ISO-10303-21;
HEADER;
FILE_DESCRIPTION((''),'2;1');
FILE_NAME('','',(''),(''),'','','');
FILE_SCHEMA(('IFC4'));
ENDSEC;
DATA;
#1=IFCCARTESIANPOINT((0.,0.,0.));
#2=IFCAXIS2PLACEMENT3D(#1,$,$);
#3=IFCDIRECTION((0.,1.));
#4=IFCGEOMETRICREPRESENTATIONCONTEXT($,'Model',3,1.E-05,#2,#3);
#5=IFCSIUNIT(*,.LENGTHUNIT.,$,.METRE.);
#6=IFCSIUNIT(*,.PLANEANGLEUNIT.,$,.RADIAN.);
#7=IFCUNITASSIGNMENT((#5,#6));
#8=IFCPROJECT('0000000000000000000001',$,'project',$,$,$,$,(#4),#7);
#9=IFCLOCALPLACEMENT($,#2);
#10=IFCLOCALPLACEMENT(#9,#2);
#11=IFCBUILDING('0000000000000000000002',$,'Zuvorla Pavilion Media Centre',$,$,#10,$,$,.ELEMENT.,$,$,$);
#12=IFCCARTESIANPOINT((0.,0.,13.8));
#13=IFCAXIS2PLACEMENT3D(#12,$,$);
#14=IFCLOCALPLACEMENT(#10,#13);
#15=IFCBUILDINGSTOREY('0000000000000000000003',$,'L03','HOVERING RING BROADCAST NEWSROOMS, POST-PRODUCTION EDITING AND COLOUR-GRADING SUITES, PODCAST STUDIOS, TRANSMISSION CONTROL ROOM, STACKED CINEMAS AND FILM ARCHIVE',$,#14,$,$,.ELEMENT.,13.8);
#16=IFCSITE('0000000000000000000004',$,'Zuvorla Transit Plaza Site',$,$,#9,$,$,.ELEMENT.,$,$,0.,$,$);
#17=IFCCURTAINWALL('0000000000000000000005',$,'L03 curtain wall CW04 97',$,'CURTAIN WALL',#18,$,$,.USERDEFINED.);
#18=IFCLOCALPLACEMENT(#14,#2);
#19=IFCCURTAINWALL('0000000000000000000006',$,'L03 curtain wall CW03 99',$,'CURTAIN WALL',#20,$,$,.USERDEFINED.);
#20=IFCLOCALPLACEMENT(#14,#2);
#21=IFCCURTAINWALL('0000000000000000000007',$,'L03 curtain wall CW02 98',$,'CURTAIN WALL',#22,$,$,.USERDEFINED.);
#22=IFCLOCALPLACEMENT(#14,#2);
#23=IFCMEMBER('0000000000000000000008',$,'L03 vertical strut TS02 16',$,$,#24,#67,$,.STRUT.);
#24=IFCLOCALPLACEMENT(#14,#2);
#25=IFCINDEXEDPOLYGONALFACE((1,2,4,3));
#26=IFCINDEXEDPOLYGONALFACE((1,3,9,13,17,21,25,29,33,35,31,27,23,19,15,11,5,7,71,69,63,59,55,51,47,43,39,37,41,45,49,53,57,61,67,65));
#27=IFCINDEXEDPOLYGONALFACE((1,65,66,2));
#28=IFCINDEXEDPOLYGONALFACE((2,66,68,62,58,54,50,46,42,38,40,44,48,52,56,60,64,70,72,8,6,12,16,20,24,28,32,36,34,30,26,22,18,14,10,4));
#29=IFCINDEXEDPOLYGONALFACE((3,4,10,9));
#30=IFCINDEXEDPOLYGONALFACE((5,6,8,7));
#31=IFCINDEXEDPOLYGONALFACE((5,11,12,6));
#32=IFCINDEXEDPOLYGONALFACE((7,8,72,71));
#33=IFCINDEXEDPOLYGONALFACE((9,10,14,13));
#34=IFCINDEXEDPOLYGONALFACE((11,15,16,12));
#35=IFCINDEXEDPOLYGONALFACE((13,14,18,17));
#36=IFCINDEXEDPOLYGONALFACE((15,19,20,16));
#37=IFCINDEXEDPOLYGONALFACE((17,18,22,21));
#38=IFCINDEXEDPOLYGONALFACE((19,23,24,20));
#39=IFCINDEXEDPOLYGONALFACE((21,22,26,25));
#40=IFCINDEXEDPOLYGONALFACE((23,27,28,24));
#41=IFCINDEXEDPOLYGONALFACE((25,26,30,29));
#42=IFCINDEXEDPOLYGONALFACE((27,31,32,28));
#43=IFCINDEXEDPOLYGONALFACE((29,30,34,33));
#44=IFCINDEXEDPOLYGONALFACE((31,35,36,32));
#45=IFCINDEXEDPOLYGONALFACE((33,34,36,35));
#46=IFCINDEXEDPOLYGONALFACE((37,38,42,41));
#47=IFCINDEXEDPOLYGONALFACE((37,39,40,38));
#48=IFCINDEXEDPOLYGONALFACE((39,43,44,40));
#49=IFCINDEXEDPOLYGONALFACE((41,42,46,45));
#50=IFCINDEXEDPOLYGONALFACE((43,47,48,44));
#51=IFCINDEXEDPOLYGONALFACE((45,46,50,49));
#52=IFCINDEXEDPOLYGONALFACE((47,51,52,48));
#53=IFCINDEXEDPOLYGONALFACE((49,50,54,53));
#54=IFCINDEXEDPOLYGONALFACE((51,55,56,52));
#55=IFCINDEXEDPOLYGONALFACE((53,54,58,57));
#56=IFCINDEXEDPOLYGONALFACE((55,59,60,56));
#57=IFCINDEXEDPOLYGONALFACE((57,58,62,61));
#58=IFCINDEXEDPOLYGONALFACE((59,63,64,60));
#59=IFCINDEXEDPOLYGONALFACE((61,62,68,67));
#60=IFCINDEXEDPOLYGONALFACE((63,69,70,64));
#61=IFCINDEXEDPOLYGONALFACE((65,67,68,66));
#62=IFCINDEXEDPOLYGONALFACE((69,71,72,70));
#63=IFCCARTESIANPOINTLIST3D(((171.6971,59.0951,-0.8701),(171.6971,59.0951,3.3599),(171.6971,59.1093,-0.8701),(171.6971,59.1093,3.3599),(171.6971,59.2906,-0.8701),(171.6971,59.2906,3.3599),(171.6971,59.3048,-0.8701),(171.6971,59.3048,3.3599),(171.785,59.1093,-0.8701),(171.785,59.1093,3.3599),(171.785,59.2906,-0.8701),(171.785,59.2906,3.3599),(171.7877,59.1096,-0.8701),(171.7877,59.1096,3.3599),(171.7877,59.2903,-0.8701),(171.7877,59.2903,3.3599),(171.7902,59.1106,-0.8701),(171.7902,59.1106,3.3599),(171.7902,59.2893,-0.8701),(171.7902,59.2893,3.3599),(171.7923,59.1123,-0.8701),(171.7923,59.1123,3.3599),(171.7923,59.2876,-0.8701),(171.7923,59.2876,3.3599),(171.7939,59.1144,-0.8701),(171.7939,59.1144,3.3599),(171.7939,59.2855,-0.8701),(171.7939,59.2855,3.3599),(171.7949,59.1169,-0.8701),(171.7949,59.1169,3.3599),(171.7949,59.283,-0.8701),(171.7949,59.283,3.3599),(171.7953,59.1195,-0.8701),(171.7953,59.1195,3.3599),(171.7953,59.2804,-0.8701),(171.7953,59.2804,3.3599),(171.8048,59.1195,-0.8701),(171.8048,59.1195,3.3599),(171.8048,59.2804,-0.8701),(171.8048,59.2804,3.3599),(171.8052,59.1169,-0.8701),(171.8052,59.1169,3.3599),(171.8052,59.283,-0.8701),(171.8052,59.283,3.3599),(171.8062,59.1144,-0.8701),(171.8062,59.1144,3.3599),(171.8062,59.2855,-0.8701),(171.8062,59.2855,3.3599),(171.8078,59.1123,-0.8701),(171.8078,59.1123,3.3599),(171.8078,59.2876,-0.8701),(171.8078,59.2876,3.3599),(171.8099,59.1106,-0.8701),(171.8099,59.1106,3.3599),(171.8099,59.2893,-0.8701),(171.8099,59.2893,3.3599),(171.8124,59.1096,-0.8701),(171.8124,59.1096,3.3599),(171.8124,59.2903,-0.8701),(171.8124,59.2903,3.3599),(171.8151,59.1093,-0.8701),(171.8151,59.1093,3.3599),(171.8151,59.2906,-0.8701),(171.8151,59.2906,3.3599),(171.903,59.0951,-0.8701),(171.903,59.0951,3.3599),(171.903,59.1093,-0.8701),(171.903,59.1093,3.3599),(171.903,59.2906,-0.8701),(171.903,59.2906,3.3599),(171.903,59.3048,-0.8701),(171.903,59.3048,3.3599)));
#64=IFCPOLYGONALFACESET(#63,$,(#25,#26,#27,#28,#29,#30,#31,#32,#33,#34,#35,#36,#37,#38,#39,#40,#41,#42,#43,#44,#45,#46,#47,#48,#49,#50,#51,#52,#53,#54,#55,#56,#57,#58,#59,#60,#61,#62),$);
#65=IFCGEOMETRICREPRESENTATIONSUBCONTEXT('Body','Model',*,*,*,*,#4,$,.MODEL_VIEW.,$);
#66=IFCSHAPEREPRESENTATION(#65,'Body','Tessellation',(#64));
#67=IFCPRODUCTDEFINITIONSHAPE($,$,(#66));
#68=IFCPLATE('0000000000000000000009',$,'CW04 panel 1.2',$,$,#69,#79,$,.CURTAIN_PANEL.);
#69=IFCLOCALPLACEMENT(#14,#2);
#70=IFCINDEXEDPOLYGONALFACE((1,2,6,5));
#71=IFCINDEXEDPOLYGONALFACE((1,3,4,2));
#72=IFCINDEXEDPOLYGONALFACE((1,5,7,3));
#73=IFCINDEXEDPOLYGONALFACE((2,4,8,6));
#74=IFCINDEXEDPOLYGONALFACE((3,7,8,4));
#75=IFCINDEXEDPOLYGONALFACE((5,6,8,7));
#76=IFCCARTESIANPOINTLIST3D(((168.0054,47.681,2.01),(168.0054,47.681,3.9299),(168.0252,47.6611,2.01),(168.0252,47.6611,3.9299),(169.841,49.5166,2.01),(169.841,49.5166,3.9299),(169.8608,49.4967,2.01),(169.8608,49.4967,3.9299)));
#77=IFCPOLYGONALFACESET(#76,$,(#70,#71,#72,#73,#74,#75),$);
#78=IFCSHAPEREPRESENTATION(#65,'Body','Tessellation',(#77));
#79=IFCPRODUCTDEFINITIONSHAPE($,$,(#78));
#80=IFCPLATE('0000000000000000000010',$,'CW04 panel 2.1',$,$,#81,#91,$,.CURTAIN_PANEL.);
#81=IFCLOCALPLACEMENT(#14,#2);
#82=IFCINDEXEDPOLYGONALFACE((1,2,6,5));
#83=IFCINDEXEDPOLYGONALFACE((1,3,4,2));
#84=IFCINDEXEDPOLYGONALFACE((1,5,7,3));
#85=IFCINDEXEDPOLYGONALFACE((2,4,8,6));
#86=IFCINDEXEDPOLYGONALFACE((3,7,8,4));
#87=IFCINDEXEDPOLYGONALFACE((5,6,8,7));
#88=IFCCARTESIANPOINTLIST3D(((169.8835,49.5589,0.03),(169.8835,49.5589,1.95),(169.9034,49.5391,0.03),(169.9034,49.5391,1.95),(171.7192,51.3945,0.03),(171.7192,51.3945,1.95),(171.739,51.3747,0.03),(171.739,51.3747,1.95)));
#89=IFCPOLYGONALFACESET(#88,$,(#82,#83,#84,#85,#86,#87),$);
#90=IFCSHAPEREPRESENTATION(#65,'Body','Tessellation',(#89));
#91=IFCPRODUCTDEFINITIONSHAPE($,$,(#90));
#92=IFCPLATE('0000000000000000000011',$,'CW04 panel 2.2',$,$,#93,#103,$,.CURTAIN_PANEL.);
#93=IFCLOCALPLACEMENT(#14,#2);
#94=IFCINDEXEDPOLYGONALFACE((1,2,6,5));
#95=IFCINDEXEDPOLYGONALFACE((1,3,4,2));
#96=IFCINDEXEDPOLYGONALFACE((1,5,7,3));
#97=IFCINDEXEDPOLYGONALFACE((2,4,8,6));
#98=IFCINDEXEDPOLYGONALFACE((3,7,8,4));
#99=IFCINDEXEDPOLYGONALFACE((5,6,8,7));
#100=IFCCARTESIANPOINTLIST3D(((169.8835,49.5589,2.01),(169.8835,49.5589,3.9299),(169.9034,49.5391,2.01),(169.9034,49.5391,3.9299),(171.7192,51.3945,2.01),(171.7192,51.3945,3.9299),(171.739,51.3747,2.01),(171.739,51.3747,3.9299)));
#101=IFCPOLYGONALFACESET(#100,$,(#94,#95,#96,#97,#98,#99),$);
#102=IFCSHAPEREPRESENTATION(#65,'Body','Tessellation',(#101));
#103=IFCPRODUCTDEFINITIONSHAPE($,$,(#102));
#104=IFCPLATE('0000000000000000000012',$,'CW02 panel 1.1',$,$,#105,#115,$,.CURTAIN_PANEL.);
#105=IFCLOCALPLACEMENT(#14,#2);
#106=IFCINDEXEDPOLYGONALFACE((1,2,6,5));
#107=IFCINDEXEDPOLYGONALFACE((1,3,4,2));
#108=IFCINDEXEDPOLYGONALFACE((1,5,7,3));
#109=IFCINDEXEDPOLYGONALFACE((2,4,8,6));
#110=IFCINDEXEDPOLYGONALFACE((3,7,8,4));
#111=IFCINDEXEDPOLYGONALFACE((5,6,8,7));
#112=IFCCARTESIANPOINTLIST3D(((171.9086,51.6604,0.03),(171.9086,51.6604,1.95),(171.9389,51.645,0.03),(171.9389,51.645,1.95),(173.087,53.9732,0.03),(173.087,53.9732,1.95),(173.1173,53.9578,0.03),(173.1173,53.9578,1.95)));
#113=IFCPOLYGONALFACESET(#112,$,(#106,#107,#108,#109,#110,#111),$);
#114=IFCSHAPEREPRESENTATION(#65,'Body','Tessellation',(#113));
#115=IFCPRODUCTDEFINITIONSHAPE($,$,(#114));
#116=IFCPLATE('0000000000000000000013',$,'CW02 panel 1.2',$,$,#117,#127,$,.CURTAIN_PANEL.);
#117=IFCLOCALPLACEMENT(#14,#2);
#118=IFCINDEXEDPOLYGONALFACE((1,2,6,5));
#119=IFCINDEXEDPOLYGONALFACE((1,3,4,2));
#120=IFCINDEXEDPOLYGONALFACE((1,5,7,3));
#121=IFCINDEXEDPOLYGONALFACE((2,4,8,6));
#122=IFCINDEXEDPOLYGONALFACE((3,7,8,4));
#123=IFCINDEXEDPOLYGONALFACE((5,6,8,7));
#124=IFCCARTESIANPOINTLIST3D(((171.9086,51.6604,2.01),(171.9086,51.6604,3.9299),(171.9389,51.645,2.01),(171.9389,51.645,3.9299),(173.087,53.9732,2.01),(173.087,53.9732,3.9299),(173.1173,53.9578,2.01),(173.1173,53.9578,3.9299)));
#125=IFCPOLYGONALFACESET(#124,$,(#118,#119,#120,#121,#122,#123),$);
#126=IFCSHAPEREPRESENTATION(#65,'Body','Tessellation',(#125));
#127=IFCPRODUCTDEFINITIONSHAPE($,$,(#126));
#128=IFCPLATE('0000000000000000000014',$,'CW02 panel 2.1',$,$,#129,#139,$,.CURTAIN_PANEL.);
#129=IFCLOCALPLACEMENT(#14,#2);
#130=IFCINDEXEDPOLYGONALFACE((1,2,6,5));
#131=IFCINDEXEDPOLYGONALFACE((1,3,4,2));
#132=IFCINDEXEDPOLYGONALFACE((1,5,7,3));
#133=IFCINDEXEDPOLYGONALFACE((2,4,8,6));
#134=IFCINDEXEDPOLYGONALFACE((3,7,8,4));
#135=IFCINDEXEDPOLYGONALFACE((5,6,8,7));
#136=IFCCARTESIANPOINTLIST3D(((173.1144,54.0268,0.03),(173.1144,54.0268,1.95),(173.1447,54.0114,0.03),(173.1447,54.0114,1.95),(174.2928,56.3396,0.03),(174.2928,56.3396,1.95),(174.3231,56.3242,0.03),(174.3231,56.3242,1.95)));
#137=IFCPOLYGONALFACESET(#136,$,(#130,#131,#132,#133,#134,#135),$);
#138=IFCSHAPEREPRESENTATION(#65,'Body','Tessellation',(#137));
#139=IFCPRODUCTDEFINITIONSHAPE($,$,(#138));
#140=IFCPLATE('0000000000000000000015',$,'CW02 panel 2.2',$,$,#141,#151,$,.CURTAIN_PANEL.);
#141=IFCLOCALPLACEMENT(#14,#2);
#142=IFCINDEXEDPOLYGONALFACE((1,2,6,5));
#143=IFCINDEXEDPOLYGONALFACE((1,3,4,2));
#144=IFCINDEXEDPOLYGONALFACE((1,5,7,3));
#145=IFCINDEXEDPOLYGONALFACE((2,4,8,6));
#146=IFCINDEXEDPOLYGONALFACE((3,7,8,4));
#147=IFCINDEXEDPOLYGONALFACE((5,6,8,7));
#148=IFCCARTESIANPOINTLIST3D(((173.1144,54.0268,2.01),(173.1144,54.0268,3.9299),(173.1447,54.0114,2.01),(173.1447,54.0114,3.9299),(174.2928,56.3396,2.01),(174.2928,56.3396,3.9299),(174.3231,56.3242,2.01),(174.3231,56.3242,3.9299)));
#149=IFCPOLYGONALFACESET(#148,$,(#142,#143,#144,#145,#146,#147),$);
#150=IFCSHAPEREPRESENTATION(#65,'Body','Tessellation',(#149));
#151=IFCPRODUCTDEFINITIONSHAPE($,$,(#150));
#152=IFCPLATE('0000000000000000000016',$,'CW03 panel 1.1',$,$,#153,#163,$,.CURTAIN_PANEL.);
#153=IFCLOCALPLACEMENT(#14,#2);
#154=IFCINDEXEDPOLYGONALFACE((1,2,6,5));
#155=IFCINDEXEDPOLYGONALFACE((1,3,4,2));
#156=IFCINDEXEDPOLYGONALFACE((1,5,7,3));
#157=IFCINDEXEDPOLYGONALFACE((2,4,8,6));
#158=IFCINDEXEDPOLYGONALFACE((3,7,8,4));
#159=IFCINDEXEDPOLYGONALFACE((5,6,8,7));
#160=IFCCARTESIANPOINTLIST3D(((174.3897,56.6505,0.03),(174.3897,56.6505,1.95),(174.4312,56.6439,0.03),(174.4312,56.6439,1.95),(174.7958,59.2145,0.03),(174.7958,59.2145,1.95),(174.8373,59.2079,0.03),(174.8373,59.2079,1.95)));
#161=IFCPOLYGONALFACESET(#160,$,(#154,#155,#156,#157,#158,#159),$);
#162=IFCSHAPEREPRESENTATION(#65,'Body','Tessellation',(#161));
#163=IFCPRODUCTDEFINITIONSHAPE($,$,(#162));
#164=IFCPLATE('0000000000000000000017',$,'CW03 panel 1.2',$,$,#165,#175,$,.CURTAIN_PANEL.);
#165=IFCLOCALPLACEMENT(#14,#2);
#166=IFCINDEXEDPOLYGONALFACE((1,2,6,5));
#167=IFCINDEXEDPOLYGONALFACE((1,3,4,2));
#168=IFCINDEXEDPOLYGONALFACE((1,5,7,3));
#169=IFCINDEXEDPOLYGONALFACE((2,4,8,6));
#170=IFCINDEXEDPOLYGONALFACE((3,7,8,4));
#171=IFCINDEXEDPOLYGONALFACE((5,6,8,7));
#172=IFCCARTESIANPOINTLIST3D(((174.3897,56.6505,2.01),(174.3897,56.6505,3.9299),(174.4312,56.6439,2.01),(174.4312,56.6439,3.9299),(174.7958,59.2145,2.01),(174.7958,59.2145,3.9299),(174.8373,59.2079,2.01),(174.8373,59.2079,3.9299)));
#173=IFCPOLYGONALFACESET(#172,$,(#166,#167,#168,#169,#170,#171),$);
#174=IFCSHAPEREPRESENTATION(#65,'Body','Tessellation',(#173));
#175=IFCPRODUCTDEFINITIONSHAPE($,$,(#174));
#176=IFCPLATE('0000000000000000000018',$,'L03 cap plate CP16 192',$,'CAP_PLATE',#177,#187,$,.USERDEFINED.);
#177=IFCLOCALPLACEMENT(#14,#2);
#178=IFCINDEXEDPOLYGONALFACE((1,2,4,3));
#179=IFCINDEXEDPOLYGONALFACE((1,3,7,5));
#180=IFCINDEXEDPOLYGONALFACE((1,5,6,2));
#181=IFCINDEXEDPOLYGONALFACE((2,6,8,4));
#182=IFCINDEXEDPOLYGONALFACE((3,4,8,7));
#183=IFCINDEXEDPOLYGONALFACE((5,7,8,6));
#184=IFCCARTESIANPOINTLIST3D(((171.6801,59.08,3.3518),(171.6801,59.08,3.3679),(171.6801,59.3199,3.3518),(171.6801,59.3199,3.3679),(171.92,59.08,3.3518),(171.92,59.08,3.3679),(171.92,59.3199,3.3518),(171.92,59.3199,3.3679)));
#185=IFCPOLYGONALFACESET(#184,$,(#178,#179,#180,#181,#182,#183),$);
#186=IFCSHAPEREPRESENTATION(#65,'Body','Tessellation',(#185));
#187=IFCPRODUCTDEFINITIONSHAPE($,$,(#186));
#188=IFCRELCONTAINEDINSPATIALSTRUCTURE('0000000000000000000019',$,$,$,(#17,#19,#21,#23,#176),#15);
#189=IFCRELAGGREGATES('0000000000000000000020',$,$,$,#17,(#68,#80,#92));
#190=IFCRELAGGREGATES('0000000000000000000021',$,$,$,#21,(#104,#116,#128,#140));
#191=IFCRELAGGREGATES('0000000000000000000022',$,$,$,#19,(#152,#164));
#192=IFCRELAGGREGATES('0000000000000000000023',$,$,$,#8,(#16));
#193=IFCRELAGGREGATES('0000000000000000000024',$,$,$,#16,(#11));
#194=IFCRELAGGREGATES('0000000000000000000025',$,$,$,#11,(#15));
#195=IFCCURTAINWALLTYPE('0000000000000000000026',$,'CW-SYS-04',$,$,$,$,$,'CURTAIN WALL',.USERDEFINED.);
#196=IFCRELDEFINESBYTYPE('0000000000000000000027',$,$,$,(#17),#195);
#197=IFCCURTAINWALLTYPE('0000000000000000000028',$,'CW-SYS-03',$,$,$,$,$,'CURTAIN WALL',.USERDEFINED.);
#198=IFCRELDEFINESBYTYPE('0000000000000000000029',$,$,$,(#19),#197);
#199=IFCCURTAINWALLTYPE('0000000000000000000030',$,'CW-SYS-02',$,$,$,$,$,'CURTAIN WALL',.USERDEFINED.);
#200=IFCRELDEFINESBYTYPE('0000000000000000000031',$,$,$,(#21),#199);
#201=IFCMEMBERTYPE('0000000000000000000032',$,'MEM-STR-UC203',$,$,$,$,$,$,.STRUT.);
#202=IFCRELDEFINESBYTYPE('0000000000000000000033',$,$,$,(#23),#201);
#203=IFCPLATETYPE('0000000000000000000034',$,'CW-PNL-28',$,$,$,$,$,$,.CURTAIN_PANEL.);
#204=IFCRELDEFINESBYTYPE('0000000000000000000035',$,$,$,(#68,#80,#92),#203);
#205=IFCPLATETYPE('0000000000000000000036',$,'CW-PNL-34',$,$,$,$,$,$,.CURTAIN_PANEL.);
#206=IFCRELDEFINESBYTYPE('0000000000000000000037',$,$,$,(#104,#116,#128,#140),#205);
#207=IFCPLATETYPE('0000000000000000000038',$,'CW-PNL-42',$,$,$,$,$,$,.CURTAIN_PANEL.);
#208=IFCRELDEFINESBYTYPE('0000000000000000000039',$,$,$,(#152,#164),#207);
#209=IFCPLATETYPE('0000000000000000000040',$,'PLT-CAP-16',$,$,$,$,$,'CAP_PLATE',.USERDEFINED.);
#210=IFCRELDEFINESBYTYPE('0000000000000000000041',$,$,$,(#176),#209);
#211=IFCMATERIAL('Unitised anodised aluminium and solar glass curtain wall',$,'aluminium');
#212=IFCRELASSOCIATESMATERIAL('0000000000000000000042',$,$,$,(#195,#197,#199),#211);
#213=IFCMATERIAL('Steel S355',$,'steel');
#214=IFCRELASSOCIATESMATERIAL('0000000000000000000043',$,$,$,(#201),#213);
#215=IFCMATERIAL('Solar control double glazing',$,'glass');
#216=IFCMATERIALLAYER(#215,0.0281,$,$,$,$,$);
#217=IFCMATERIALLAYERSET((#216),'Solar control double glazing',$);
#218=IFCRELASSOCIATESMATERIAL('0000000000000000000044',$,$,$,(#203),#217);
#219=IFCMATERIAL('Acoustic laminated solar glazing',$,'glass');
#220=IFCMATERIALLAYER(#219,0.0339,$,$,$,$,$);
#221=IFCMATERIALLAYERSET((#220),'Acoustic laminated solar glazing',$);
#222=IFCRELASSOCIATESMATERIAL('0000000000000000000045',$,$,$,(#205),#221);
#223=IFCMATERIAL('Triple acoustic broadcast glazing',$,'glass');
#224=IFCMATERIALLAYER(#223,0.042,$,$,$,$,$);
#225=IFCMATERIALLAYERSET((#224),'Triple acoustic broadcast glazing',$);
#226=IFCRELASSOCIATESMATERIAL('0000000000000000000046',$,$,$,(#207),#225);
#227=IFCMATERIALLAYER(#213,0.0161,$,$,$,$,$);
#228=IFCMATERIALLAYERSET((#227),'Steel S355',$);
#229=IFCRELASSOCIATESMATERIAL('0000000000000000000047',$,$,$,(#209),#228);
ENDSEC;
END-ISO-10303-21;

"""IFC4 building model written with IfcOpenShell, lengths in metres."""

from ifc_helpers import new_model, si_unit, direction, frame, origin, origin_2d, place, context, subcontext, project, spatial, rectangle, i_section, extrude, material, layer, layer_set, material_profile, profile_set, type_object, element, aggregate, save


model = new_model("IFC4")

# Units and contexts
model_context = context("Model", 3, precision=1e-05, world=origin(), true_north=direction((0.0, 1.0)))
body_context = subcontext(model_context, "Body", "Model", "MODEL_VIEW")
ifc_project = project(units=[si_unit("LENGTHUNIT", "METRE"), si_unit("PLANEANGLEUNIT", "RADIAN")], contexts=[model_context])

# Site, building, storey
site_placement = place(None, origin())
site = spatial("IfcSite", under=ifc_project, at=site_placement, Name="Zuvorla Transit Plaza Site", CompositionType="ELEMENT", RefElevation=0.0)
building_placement = place(site_placement, origin())
building = spatial("IfcBuilding", under=site, at=building_placement, Name="Zuvorla Pavilion Media Centre", CompositionType="ELEMENT")
storey_placement = place(building_placement, frame((0.0, 0.0, 13.8)))
storey = spatial("IfcBuildingStorey", under=building, at=storey_placement, Name="L03", Description="HOVERING RING BROADCAST NEWSROOMS, POST-PRODUCTION EDITING AND COLOUR-GRADING SUITES, PODCAST STUDIOS, TRANSMISSION CONTROL ROOM, STACKED CINEMAS AND FILM ARCHIVE", CompositionType="ELEMENT", Elevation=13.8)

# Shared definitions
ifc_material_1 = material(Name="Steel S355", Category="steel")

# Curtain walls
ifc_material_2 = material(Name="Unitised anodised aluminium and solar glass curtain wall", Category="aluminium")
curtain_wall_type_1 = type_object("IfcCurtainWallType", Name="CW-SYS-04", ElementType="CURTAIN WALL", PredefinedType="USERDEFINED", material=ifc_material_2)
curtain_wall_1_placement = place(storey_placement, origin())
curtain_wall_1 = element("IfcCurtainWall", 1, at=curtain_wall_1_placement, inside=storey, type_object=curtain_wall_type_1, Name="L03 curtain wall CW04 97", ObjectType="CURTAIN WALL", PredefinedType="USERDEFINED")
curtain_wall_type_2 = type_object("IfcCurtainWallType", Name="CW-SYS-03", ElementType="CURTAIN WALL", PredefinedType="USERDEFINED", material=ifc_material_2)
curtain_wall_2_placement = place(storey_placement, origin())
curtain_wall_2 = element("IfcCurtainWall", 2, at=curtain_wall_2_placement, inside=storey, type_object=curtain_wall_type_2, Name="L03 curtain wall CW03 99", ObjectType="CURTAIN WALL", PredefinedType="USERDEFINED")
curtain_wall_type_3 = type_object("IfcCurtainWallType", Name="CW-SYS-02", ElementType="CURTAIN WALL", PredefinedType="USERDEFINED", material=ifc_material_2)
curtain_wall_3_placement = place(storey_placement, origin())
curtain_wall_3 = element("IfcCurtainWall", 3, at=curtain_wall_3_placement, inside=storey, type_object=curtain_wall_type_3, Name="L03 curtain wall CW02 98", ObjectType="CURTAIN WALL", PredefinedType="USERDEFINED")

# Member
ifc_material_profile_1 = material_profile(ifc_material_1, i_section(OverallWidth=0.2058, OverallDepth=0.2097, WebThickness=0.0095, FlangeThickness=0.0142, FilletRadius=0.0103, at=origin_2d()), Name="UC 203x203x60")
ifc_profile_set_1 = profile_set([ifc_material_profile_1], Name="Steel S355")
member_type_1 = type_object("IfcMemberType", Name="MEM-STR-UC203", PredefinedType="STRUT", material=ifc_profile_set_1)
member_1_placement = place(storey_placement, frame((171.8, 59.2, -0.8701), z_axis=(0.0, 0.0, 1.0), x_axis=(1.0, 0.0, 0.0)))
element("IfcMember", 4, at=member_1_placement, inside=storey, type_object=member_type_1, Name="L03 vertical strut TS02 16", PredefinedType="STRUT", context=body_context, shape_type="SweptSolid", body=[
    extrude(i_section(OverallWidth=0.2058, OverallDepth=0.2097, WebThickness=0.0095, FlangeThickness=0.0142, FilletRadius=0.0103, at=origin_2d()), origin(), (0.0, 0.0, 1.0), 4.23),
])

# Plates
ifc_material_3 = material(Name="Solar control double glazing", Category="glass")
ifc_layer_1 = layer(ifc_material_3, 0.0281)
ifc_layer_set_1 = layer_set([ifc_layer_1], Name="Solar control double glazing")
plate_type_1 = type_object("IfcPlateType", Name="CW-PNL-28", PredefinedType="CURTAIN_PANEL", material=ifc_layer_set_1)
plate_1_placement = place(storey_placement, frame((168.9331, 48.5889, 2.01), z_axis=(0.0, 0.0, 1.0), x_axis=(0.707107, 0.707107, 0.0)))
plate_1 = element("IfcPlate", 5, at=plate_1_placement, type_object=plate_type_1, Name="CW04 panel 1.2", PredefinedType="CURTAIN_PANEL", context=body_context, shape_type="SweptSolid", body=[
    extrude(rectangle(XDim=2.5959, YDim=0.0281, at=origin_2d()), origin(), (0.0, 0.0, 1.0), 1.9199),
])
plate_2_placement = place(storey_placement, frame((170.8113, 50.4668, 0.03), z_axis=(0.0, 0.0, 1.0), x_axis=(0.707107, 0.707107, 0.0)))
plate_2 = element("IfcPlate", 6, at=plate_2_placement, type_object=plate_type_1, Name="CW04 panel 2.1", PredefinedType="CURTAIN_PANEL", context=body_context, shape_type="SweptSolid", body=[
    extrude(rectangle(XDim=2.5959, YDim=0.0281, at=origin_2d()), origin(), (0.0, 0.0, 1.0), 1.9199),
])
plate_3_placement = place(storey_placement, frame((170.8113, 50.4668, 2.01), z_axis=(0.0, 0.0, 1.0), x_axis=(0.707107, 0.707107, 0.0)))
plate_3 = element("IfcPlate", 7, at=plate_3_placement, type_object=plate_type_1, Name="CW04 panel 2.2", PredefinedType="CURTAIN_PANEL", context=body_context, shape_type="SweptSolid", body=[
    extrude(rectangle(XDim=2.5959, YDim=0.0281, at=origin_2d()), origin(), (0.0, 0.0, 1.0), 1.9199),
])
aggregate(curtain_wall_1, [plate_1, plate_2, plate_3])
ifc_material_4 = material(Name="Acoustic laminated solar glazing", Category="glass")
ifc_layer_2 = layer(ifc_material_4, 0.0339)
ifc_layer_set_2 = layer_set([ifc_layer_2], Name="Acoustic laminated solar glazing")
plate_type_2 = type_object("IfcPlateType", Name="CW-PNL-34", PredefinedType="CURTAIN_PANEL", material=ifc_layer_set_2)
plate_4_placement = place(storey_placement, frame((172.5129, 52.8091, 0.03), z_axis=(0.0, 0.0, 1.0), x_axis=(0.453986, 0.891009, 0.0)))
plate_4 = element("IfcPlate", 8, at=plate_4_placement, type_object=plate_type_2, Name="CW02 panel 1.1", PredefinedType="CURTAIN_PANEL", context=body_context, shape_type="SweptSolid", body=[
    extrude(rectangle(XDim=2.5957, YDim=0.0339, at=origin_2d()), origin(), (0.0, 0.0, 1.0), 1.9199),
])
plate_5_placement = place(storey_placement, frame((172.5129, 52.8091, 2.01), z_axis=(0.0, 0.0, 1.0), x_axis=(0.453986, 0.891009, 0.0)))
plate_5 = element("IfcPlate", 9, at=plate_5_placement, type_object=plate_type_2, Name="CW02 panel 1.2", PredefinedType="CURTAIN_PANEL", context=body_context, shape_type="SweptSolid", body=[
    extrude(rectangle(XDim=2.5957, YDim=0.0339, at=origin_2d()), origin(), (0.0, 0.0, 1.0), 1.9199),
])
plate_6_placement = place(storey_placement, frame((173.7188, 55.1755, 0.03), z_axis=(0.0, 0.0, 1.0), x_axis=(0.453986, 0.891009, 0.0)))
plate_6 = element("IfcPlate", 10, at=plate_6_placement, type_object=plate_type_2, Name="CW02 panel 2.1", PredefinedType="CURTAIN_PANEL", context=body_context, shape_type="SweptSolid", body=[
    extrude(rectangle(XDim=2.5957, YDim=0.0339, at=origin_2d()), origin(), (0.0, 0.0, 1.0), 1.9199),
])
plate_7_placement = place(storey_placement, frame((173.7188, 55.1755, 2.01), z_axis=(0.0, 0.0, 1.0), x_axis=(0.453986, 0.891009, 0.0)))
plate_7 = element("IfcPlate", 11, at=plate_7_placement, type_object=plate_type_2, Name="CW02 panel 2.2", PredefinedType="CURTAIN_PANEL", context=body_context, shape_type="SweptSolid", body=[
    extrude(rectangle(XDim=2.5957, YDim=0.0339, at=origin_2d()), origin(), (0.0, 0.0, 1.0), 1.9199),
])
aggregate(curtain_wall_3, [plate_4, plate_5, plate_6, plate_7])
ifc_material_5 = material(Name="Triple acoustic broadcast glazing", Category="glass")
ifc_layer_3 = layer(ifc_material_5, 0.042)
ifc_layer_set_3 = layer_set([ifc_layer_3], Name="Triple acoustic broadcast glazing")
plate_type_3 = type_object("IfcPlateType", Name="CW-PNL-42", PredefinedType="CURTAIN_PANEL", material=ifc_layer_set_3)
plate_8_placement = place(storey_placement, frame((174.6135, 57.9292, 0.03), z_axis=(0.0, 0.0, 1.0), x_axis=(0.156429, 0.987689, 0.0)))
plate_8 = element("IfcPlate", 12, at=plate_8_placement, type_object=plate_type_3, Name="CW03 panel 1.1", PredefinedType="CURTAIN_PANEL", context=body_context, shape_type="SweptSolid", body=[
    extrude(rectangle(XDim=2.5959, YDim=0.042, at=origin_2d()), origin(), (0.0, 0.0, 1.0), 1.9199),
])
plate_9_placement = place(storey_placement, frame((174.6135, 57.9292, 2.01), z_axis=(0.0, 0.0, 1.0), x_axis=(0.156429, 0.987689, 0.0)))
plate_9 = element("IfcPlate", 13, at=plate_9_placement, type_object=plate_type_3, Name="CW03 panel 1.2", PredefinedType="CURTAIN_PANEL", context=body_context, shape_type="SweptSolid", body=[
    extrude(rectangle(XDim=2.5959, YDim=0.042, at=origin_2d()), origin(), (0.0, 0.0, 1.0), 1.9199),
])
aggregate(curtain_wall_2, [plate_8, plate_9])
ifc_layer_4 = layer(ifc_material_1, 0.0161)
ifc_layer_set_4 = layer_set([ifc_layer_4], Name="Steel S355")
plate_type_4 = type_object("IfcPlateType", Name="PLT-CAP-16", ElementType="CAP_PLATE", PredefinedType="USERDEFINED", material=ifc_layer_set_4)
plate_10_placement = place(storey_placement, frame((171.8, 59.2, 3.3518), z_axis=(0.0, 0.0, 1.0), x_axis=(1.0, 0.0, 0.0)))
element("IfcPlate", 14, at=plate_10_placement, inside=storey, type_object=plate_type_4, Name="L03 cap plate CP16 192", ObjectType="CAP_PLATE", PredefinedType="USERDEFINED", context=body_context, shape_type="SweptSolid", body=[
    extrude(rectangle(XDim=0.24, YDim=0.24, at=origin_2d()), origin(), (0.0, 0.0, 1.0), 0.0161),
])

save(model, "model.ifc")
